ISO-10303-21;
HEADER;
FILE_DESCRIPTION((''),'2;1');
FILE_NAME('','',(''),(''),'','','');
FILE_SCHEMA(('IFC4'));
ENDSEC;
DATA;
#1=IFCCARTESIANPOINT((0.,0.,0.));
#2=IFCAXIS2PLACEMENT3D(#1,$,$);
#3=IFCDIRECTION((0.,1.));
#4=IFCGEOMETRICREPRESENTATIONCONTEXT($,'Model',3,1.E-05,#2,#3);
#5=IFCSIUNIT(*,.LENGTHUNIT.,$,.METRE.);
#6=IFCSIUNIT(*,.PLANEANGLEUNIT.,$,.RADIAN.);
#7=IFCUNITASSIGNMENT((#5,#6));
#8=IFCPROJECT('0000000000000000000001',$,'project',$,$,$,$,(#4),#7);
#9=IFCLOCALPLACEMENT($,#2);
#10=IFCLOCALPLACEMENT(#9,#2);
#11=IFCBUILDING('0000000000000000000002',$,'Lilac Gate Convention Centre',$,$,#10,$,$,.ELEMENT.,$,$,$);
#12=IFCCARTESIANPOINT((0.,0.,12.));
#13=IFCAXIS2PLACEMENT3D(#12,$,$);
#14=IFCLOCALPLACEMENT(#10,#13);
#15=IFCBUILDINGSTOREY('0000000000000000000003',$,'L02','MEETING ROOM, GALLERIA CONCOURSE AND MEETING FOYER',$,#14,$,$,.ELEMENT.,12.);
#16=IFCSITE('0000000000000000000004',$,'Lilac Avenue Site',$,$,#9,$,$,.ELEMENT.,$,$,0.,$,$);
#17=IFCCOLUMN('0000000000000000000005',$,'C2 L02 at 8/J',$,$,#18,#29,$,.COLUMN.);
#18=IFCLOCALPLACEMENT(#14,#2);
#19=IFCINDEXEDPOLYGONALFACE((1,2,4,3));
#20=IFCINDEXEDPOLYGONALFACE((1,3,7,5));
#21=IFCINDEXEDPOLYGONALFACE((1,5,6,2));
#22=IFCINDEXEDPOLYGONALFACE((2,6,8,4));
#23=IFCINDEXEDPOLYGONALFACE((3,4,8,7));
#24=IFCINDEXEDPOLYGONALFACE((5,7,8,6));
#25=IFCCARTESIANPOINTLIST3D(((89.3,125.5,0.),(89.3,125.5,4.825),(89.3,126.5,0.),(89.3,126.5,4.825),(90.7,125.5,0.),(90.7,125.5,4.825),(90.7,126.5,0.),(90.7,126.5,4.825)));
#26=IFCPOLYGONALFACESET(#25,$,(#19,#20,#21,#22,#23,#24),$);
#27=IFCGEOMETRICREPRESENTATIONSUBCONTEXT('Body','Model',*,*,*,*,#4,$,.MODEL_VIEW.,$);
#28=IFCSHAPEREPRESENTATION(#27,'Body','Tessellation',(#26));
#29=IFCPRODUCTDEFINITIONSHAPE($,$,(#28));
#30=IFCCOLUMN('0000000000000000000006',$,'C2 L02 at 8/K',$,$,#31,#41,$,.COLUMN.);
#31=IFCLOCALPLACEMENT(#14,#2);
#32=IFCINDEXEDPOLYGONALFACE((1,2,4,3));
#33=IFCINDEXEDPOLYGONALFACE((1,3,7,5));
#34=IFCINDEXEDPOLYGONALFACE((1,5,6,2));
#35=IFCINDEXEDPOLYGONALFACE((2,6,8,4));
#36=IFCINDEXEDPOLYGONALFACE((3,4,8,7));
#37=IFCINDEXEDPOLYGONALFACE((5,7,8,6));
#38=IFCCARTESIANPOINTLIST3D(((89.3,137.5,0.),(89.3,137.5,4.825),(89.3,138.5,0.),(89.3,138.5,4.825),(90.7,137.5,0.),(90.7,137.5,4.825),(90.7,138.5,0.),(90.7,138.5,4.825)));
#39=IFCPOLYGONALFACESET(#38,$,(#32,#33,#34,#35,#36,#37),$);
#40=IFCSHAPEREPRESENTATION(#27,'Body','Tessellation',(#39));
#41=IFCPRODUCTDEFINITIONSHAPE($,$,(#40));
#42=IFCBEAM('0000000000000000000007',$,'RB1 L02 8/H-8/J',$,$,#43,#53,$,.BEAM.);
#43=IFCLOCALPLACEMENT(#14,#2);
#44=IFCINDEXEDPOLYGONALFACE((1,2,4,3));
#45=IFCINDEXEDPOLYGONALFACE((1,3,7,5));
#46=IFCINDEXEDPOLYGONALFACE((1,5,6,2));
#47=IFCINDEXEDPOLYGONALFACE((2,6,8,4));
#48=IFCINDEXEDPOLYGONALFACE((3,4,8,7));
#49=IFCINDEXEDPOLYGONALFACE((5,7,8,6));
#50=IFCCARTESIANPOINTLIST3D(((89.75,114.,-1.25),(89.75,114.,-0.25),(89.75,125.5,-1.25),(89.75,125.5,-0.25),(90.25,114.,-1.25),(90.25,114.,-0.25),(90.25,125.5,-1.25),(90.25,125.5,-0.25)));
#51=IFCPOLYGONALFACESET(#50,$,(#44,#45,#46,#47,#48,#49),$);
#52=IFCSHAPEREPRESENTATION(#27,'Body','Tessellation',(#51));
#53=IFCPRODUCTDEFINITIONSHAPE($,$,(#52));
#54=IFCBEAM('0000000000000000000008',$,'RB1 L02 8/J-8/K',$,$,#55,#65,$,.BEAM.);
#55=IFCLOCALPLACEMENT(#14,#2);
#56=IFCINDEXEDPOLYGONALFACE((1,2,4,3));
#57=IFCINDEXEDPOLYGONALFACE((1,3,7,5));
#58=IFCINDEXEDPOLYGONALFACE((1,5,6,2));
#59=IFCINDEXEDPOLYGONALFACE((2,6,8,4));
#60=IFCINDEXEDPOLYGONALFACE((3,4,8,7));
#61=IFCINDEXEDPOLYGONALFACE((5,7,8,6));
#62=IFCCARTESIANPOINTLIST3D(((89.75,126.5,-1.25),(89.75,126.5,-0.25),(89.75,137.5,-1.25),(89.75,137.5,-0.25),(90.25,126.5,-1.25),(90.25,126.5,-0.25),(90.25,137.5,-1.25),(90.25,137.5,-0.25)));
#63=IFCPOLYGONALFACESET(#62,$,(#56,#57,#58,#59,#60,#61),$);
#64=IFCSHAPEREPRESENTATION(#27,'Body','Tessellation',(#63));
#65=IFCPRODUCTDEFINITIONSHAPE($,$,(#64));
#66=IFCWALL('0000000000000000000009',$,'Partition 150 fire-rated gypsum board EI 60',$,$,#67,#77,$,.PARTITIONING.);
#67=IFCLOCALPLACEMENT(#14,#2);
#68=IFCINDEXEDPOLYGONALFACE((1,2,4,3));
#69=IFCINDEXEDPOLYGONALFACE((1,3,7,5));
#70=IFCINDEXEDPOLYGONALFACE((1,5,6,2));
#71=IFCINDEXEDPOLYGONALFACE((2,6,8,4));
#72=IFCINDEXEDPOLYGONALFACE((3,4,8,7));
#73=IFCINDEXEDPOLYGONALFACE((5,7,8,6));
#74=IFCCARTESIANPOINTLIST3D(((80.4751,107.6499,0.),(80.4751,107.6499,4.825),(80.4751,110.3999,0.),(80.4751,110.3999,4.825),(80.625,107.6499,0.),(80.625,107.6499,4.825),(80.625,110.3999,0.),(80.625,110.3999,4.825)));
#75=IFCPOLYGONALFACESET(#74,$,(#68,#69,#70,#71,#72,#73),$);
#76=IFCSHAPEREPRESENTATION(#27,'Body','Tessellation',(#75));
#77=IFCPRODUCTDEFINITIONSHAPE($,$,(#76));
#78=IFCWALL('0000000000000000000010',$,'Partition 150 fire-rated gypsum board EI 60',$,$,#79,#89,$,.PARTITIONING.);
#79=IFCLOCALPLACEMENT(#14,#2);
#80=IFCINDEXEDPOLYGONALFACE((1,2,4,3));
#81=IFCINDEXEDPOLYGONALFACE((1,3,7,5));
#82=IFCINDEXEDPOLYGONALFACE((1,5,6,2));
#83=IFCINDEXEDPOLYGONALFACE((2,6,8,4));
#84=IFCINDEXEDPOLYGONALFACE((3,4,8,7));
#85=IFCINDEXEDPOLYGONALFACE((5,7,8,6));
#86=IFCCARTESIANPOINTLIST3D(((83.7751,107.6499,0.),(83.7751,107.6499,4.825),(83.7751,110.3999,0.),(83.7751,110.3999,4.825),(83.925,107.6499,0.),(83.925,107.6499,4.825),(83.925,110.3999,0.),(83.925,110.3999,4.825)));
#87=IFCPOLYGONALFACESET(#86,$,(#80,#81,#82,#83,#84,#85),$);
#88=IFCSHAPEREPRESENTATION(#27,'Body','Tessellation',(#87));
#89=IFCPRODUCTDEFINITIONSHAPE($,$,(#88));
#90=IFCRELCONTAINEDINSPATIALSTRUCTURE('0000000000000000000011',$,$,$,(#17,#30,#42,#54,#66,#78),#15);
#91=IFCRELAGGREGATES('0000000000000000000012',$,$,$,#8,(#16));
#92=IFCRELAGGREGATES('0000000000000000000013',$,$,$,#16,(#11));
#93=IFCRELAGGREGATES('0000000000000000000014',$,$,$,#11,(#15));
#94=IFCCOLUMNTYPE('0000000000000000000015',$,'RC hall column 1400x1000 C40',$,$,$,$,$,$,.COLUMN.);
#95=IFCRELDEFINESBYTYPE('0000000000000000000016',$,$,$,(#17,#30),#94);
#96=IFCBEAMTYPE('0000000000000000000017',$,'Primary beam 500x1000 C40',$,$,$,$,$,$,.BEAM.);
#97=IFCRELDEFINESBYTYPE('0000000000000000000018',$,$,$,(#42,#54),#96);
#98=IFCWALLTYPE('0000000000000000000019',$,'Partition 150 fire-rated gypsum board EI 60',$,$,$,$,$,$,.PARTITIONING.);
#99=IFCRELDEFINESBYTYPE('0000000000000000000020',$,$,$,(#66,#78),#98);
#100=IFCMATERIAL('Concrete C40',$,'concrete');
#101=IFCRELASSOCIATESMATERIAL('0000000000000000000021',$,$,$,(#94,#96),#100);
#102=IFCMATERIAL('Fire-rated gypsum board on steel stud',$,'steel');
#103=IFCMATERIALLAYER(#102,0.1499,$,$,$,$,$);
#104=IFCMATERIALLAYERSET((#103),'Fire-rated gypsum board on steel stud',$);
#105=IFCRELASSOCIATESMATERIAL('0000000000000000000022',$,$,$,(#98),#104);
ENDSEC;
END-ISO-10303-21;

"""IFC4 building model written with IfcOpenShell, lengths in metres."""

from ifc_helpers import new_model, si_unit, direction, frame, frame_2d, origin, origin_2d, place, context, subcontext, project, spatial, rectangle, extrude, material, layer, layer_set, material_profile, profile_set, type_object, element, save


model = new_model("IFC4")

# Units and contexts
model_context = context("Model", 3, precision=1e-05, world=origin(), true_north=direction((0.0, 1.0)))
body_context = subcontext(model_context, "Body", "Model", "MODEL_VIEW")
ifc_project = project(units=[si_unit("LENGTHUNIT", "METRE"), si_unit("PLANEANGLEUNIT", "RADIAN")], contexts=[model_context])

# Site, building, storey
site_placement = place(None, origin())
site = spatial("IfcSite", under=ifc_project, at=site_placement, Name="Lilac Avenue Site", CompositionType="ELEMENT", RefElevation=0.0)
building_placement = place(site_placement, origin())
building = spatial("IfcBuilding", under=site, at=building_placement, Name="Lilac Gate Convention Centre", CompositionType="ELEMENT")
storey_placement = place(building_placement, frame((0.0, 0.0, 12.0)))
storey = spatial("IfcBuildingStorey", under=building, at=storey_placement, Name="L02", Description="MEETING ROOM, GALLERIA CONCOURSE AND MEETING FOYER", CompositionType="ELEMENT", Elevation=12.0)

# Columns
ifc_material_1 = material(Name="Concrete C40", Category="concrete")
ifc_material_profile_1 = material_profile(ifc_material_1, rectangle(XDim=1.3999, YDim=1.0, at=origin_2d()), Name="RC 1400x1000")
ifc_profile_set_1 = profile_set([ifc_material_profile_1], Name="Concrete C40")
column_type = type_object("IfcColumnType", Name="RC hall column 1400x1000 C40", PredefinedType="COLUMN", material=ifc_profile_set_1)
for number, where, z_axis, x_axis, name in (
    (1, (90.0, 126.0, 0.0), (0.0, 0.0, 1.0), (1.0, 0.0, 0.0), "C2 L02 at 8/J"),
    (2, (90.0, 138.0, 0.0), (0.0, 0.0, 1.0), (1.0, 0.0, 0.0), "C2 L02 at 8/K"),
):
    element("IfcColumn", number, at=place(storey_placement, frame(where, z_axis=z_axis, x_axis=x_axis)), inside=storey, type_object=column_type, Name=name, PredefinedType="COLUMN", context=body_context, shape_type="SweptSolid", body=[
        extrude(rectangle(XDim=1.3999, YDim=1.0, at=origin_2d()), origin(), (0.0, 0.0, 1.0), 4.825),
    ])

# Beams
ifc_material_profile_2 = material_profile(ifc_material_1, rectangle(XDim=0.5, YDim=1.0, at=origin_2d()), Name="RC 500x1000")
ifc_profile_set_2 = profile_set([ifc_material_profile_2], Name="Concrete C40")
beam_type = type_object("IfcBeamType", Name="Primary beam 500x1000 C40", PredefinedType="BEAM", material=ifc_profile_set_2)
beam_1_placement = place(storey_placement, frame((90.0, 114.0, -0.75), z_axis=(0.0, 1.0, 0.0), x_axis=(-1.0, 0.0, 0.0)))
element("IfcBeam", 3, at=beam_1_placement, inside=storey, type_object=beam_type, Name="RB1 L02 8/H-8/J", PredefinedType="BEAM", context=body_context, shape_type="SweptSolid", body=[
    extrude(rectangle(XDim=0.5, YDim=1.0, at=origin_2d()), origin(), (0.0, 0.0, 1.0), 11.5),
])
beam_2_placement = place(storey_placement, frame((90.0, 126.5, -0.75), z_axis=(0.0, 1.0, 0.0), x_axis=(-1.0, 0.0, 0.0)))
element("IfcBeam", 4, at=beam_2_placement, inside=storey, type_object=beam_type, Name="RB1 L02 8/J-8/K", PredefinedType="BEAM", context=body_context, shape_type="SweptSolid", body=[
    extrude(rectangle(XDim=0.5, YDim=1.0, at=origin_2d()), origin(), (0.0, 0.0, 1.0), 11.0),
])

# Walls
ifc_material_2 = material(Name="Fire-rated gypsum board on steel stud", Category="steel")
ifc_layer_1 = layer(ifc_material_2, 0.1499)
ifc_layer_set_1 = layer_set([ifc_layer_1], Name="Fire-rated gypsum board on steel stud")
wall_type_1 = type_object("IfcWallType", Name="Partition 150 fire-rated gypsum board EI 60", PredefinedType="PARTITIONING", material=ifc_layer_set_1)
for number, where, z_axis, x_axis, name in (
    (5, (80.55, 107.6499, 0.0), (0.0, 0.0, 1.0), (0.0, 1.0, 0.0), "Partition 150 fire-rated gypsum board EI 60"),
    (6, (83.8501, 107.6499, 0.0), (0.0, 0.0, 1.0), (0.0, 1.0, 0.0), "Partition 150 fire-rated gypsum board EI 60"),
):
    element("IfcWall", number, at=place(storey_placement, frame(where, z_axis=z_axis, x_axis=x_axis)), inside=storey, type_object=wall_type_1, Name=name, PredefinedType="PARTITIONING", context=body_context, shape_type="SweptSolid", body=[
        extrude(rectangle(XDim=2.75, YDim=0.1499, at=frame_2d((1.375, 0.0))), origin(), (0.0, 0.0, 1.0), 4.825),
    ])

save(model, "model.ifc")
